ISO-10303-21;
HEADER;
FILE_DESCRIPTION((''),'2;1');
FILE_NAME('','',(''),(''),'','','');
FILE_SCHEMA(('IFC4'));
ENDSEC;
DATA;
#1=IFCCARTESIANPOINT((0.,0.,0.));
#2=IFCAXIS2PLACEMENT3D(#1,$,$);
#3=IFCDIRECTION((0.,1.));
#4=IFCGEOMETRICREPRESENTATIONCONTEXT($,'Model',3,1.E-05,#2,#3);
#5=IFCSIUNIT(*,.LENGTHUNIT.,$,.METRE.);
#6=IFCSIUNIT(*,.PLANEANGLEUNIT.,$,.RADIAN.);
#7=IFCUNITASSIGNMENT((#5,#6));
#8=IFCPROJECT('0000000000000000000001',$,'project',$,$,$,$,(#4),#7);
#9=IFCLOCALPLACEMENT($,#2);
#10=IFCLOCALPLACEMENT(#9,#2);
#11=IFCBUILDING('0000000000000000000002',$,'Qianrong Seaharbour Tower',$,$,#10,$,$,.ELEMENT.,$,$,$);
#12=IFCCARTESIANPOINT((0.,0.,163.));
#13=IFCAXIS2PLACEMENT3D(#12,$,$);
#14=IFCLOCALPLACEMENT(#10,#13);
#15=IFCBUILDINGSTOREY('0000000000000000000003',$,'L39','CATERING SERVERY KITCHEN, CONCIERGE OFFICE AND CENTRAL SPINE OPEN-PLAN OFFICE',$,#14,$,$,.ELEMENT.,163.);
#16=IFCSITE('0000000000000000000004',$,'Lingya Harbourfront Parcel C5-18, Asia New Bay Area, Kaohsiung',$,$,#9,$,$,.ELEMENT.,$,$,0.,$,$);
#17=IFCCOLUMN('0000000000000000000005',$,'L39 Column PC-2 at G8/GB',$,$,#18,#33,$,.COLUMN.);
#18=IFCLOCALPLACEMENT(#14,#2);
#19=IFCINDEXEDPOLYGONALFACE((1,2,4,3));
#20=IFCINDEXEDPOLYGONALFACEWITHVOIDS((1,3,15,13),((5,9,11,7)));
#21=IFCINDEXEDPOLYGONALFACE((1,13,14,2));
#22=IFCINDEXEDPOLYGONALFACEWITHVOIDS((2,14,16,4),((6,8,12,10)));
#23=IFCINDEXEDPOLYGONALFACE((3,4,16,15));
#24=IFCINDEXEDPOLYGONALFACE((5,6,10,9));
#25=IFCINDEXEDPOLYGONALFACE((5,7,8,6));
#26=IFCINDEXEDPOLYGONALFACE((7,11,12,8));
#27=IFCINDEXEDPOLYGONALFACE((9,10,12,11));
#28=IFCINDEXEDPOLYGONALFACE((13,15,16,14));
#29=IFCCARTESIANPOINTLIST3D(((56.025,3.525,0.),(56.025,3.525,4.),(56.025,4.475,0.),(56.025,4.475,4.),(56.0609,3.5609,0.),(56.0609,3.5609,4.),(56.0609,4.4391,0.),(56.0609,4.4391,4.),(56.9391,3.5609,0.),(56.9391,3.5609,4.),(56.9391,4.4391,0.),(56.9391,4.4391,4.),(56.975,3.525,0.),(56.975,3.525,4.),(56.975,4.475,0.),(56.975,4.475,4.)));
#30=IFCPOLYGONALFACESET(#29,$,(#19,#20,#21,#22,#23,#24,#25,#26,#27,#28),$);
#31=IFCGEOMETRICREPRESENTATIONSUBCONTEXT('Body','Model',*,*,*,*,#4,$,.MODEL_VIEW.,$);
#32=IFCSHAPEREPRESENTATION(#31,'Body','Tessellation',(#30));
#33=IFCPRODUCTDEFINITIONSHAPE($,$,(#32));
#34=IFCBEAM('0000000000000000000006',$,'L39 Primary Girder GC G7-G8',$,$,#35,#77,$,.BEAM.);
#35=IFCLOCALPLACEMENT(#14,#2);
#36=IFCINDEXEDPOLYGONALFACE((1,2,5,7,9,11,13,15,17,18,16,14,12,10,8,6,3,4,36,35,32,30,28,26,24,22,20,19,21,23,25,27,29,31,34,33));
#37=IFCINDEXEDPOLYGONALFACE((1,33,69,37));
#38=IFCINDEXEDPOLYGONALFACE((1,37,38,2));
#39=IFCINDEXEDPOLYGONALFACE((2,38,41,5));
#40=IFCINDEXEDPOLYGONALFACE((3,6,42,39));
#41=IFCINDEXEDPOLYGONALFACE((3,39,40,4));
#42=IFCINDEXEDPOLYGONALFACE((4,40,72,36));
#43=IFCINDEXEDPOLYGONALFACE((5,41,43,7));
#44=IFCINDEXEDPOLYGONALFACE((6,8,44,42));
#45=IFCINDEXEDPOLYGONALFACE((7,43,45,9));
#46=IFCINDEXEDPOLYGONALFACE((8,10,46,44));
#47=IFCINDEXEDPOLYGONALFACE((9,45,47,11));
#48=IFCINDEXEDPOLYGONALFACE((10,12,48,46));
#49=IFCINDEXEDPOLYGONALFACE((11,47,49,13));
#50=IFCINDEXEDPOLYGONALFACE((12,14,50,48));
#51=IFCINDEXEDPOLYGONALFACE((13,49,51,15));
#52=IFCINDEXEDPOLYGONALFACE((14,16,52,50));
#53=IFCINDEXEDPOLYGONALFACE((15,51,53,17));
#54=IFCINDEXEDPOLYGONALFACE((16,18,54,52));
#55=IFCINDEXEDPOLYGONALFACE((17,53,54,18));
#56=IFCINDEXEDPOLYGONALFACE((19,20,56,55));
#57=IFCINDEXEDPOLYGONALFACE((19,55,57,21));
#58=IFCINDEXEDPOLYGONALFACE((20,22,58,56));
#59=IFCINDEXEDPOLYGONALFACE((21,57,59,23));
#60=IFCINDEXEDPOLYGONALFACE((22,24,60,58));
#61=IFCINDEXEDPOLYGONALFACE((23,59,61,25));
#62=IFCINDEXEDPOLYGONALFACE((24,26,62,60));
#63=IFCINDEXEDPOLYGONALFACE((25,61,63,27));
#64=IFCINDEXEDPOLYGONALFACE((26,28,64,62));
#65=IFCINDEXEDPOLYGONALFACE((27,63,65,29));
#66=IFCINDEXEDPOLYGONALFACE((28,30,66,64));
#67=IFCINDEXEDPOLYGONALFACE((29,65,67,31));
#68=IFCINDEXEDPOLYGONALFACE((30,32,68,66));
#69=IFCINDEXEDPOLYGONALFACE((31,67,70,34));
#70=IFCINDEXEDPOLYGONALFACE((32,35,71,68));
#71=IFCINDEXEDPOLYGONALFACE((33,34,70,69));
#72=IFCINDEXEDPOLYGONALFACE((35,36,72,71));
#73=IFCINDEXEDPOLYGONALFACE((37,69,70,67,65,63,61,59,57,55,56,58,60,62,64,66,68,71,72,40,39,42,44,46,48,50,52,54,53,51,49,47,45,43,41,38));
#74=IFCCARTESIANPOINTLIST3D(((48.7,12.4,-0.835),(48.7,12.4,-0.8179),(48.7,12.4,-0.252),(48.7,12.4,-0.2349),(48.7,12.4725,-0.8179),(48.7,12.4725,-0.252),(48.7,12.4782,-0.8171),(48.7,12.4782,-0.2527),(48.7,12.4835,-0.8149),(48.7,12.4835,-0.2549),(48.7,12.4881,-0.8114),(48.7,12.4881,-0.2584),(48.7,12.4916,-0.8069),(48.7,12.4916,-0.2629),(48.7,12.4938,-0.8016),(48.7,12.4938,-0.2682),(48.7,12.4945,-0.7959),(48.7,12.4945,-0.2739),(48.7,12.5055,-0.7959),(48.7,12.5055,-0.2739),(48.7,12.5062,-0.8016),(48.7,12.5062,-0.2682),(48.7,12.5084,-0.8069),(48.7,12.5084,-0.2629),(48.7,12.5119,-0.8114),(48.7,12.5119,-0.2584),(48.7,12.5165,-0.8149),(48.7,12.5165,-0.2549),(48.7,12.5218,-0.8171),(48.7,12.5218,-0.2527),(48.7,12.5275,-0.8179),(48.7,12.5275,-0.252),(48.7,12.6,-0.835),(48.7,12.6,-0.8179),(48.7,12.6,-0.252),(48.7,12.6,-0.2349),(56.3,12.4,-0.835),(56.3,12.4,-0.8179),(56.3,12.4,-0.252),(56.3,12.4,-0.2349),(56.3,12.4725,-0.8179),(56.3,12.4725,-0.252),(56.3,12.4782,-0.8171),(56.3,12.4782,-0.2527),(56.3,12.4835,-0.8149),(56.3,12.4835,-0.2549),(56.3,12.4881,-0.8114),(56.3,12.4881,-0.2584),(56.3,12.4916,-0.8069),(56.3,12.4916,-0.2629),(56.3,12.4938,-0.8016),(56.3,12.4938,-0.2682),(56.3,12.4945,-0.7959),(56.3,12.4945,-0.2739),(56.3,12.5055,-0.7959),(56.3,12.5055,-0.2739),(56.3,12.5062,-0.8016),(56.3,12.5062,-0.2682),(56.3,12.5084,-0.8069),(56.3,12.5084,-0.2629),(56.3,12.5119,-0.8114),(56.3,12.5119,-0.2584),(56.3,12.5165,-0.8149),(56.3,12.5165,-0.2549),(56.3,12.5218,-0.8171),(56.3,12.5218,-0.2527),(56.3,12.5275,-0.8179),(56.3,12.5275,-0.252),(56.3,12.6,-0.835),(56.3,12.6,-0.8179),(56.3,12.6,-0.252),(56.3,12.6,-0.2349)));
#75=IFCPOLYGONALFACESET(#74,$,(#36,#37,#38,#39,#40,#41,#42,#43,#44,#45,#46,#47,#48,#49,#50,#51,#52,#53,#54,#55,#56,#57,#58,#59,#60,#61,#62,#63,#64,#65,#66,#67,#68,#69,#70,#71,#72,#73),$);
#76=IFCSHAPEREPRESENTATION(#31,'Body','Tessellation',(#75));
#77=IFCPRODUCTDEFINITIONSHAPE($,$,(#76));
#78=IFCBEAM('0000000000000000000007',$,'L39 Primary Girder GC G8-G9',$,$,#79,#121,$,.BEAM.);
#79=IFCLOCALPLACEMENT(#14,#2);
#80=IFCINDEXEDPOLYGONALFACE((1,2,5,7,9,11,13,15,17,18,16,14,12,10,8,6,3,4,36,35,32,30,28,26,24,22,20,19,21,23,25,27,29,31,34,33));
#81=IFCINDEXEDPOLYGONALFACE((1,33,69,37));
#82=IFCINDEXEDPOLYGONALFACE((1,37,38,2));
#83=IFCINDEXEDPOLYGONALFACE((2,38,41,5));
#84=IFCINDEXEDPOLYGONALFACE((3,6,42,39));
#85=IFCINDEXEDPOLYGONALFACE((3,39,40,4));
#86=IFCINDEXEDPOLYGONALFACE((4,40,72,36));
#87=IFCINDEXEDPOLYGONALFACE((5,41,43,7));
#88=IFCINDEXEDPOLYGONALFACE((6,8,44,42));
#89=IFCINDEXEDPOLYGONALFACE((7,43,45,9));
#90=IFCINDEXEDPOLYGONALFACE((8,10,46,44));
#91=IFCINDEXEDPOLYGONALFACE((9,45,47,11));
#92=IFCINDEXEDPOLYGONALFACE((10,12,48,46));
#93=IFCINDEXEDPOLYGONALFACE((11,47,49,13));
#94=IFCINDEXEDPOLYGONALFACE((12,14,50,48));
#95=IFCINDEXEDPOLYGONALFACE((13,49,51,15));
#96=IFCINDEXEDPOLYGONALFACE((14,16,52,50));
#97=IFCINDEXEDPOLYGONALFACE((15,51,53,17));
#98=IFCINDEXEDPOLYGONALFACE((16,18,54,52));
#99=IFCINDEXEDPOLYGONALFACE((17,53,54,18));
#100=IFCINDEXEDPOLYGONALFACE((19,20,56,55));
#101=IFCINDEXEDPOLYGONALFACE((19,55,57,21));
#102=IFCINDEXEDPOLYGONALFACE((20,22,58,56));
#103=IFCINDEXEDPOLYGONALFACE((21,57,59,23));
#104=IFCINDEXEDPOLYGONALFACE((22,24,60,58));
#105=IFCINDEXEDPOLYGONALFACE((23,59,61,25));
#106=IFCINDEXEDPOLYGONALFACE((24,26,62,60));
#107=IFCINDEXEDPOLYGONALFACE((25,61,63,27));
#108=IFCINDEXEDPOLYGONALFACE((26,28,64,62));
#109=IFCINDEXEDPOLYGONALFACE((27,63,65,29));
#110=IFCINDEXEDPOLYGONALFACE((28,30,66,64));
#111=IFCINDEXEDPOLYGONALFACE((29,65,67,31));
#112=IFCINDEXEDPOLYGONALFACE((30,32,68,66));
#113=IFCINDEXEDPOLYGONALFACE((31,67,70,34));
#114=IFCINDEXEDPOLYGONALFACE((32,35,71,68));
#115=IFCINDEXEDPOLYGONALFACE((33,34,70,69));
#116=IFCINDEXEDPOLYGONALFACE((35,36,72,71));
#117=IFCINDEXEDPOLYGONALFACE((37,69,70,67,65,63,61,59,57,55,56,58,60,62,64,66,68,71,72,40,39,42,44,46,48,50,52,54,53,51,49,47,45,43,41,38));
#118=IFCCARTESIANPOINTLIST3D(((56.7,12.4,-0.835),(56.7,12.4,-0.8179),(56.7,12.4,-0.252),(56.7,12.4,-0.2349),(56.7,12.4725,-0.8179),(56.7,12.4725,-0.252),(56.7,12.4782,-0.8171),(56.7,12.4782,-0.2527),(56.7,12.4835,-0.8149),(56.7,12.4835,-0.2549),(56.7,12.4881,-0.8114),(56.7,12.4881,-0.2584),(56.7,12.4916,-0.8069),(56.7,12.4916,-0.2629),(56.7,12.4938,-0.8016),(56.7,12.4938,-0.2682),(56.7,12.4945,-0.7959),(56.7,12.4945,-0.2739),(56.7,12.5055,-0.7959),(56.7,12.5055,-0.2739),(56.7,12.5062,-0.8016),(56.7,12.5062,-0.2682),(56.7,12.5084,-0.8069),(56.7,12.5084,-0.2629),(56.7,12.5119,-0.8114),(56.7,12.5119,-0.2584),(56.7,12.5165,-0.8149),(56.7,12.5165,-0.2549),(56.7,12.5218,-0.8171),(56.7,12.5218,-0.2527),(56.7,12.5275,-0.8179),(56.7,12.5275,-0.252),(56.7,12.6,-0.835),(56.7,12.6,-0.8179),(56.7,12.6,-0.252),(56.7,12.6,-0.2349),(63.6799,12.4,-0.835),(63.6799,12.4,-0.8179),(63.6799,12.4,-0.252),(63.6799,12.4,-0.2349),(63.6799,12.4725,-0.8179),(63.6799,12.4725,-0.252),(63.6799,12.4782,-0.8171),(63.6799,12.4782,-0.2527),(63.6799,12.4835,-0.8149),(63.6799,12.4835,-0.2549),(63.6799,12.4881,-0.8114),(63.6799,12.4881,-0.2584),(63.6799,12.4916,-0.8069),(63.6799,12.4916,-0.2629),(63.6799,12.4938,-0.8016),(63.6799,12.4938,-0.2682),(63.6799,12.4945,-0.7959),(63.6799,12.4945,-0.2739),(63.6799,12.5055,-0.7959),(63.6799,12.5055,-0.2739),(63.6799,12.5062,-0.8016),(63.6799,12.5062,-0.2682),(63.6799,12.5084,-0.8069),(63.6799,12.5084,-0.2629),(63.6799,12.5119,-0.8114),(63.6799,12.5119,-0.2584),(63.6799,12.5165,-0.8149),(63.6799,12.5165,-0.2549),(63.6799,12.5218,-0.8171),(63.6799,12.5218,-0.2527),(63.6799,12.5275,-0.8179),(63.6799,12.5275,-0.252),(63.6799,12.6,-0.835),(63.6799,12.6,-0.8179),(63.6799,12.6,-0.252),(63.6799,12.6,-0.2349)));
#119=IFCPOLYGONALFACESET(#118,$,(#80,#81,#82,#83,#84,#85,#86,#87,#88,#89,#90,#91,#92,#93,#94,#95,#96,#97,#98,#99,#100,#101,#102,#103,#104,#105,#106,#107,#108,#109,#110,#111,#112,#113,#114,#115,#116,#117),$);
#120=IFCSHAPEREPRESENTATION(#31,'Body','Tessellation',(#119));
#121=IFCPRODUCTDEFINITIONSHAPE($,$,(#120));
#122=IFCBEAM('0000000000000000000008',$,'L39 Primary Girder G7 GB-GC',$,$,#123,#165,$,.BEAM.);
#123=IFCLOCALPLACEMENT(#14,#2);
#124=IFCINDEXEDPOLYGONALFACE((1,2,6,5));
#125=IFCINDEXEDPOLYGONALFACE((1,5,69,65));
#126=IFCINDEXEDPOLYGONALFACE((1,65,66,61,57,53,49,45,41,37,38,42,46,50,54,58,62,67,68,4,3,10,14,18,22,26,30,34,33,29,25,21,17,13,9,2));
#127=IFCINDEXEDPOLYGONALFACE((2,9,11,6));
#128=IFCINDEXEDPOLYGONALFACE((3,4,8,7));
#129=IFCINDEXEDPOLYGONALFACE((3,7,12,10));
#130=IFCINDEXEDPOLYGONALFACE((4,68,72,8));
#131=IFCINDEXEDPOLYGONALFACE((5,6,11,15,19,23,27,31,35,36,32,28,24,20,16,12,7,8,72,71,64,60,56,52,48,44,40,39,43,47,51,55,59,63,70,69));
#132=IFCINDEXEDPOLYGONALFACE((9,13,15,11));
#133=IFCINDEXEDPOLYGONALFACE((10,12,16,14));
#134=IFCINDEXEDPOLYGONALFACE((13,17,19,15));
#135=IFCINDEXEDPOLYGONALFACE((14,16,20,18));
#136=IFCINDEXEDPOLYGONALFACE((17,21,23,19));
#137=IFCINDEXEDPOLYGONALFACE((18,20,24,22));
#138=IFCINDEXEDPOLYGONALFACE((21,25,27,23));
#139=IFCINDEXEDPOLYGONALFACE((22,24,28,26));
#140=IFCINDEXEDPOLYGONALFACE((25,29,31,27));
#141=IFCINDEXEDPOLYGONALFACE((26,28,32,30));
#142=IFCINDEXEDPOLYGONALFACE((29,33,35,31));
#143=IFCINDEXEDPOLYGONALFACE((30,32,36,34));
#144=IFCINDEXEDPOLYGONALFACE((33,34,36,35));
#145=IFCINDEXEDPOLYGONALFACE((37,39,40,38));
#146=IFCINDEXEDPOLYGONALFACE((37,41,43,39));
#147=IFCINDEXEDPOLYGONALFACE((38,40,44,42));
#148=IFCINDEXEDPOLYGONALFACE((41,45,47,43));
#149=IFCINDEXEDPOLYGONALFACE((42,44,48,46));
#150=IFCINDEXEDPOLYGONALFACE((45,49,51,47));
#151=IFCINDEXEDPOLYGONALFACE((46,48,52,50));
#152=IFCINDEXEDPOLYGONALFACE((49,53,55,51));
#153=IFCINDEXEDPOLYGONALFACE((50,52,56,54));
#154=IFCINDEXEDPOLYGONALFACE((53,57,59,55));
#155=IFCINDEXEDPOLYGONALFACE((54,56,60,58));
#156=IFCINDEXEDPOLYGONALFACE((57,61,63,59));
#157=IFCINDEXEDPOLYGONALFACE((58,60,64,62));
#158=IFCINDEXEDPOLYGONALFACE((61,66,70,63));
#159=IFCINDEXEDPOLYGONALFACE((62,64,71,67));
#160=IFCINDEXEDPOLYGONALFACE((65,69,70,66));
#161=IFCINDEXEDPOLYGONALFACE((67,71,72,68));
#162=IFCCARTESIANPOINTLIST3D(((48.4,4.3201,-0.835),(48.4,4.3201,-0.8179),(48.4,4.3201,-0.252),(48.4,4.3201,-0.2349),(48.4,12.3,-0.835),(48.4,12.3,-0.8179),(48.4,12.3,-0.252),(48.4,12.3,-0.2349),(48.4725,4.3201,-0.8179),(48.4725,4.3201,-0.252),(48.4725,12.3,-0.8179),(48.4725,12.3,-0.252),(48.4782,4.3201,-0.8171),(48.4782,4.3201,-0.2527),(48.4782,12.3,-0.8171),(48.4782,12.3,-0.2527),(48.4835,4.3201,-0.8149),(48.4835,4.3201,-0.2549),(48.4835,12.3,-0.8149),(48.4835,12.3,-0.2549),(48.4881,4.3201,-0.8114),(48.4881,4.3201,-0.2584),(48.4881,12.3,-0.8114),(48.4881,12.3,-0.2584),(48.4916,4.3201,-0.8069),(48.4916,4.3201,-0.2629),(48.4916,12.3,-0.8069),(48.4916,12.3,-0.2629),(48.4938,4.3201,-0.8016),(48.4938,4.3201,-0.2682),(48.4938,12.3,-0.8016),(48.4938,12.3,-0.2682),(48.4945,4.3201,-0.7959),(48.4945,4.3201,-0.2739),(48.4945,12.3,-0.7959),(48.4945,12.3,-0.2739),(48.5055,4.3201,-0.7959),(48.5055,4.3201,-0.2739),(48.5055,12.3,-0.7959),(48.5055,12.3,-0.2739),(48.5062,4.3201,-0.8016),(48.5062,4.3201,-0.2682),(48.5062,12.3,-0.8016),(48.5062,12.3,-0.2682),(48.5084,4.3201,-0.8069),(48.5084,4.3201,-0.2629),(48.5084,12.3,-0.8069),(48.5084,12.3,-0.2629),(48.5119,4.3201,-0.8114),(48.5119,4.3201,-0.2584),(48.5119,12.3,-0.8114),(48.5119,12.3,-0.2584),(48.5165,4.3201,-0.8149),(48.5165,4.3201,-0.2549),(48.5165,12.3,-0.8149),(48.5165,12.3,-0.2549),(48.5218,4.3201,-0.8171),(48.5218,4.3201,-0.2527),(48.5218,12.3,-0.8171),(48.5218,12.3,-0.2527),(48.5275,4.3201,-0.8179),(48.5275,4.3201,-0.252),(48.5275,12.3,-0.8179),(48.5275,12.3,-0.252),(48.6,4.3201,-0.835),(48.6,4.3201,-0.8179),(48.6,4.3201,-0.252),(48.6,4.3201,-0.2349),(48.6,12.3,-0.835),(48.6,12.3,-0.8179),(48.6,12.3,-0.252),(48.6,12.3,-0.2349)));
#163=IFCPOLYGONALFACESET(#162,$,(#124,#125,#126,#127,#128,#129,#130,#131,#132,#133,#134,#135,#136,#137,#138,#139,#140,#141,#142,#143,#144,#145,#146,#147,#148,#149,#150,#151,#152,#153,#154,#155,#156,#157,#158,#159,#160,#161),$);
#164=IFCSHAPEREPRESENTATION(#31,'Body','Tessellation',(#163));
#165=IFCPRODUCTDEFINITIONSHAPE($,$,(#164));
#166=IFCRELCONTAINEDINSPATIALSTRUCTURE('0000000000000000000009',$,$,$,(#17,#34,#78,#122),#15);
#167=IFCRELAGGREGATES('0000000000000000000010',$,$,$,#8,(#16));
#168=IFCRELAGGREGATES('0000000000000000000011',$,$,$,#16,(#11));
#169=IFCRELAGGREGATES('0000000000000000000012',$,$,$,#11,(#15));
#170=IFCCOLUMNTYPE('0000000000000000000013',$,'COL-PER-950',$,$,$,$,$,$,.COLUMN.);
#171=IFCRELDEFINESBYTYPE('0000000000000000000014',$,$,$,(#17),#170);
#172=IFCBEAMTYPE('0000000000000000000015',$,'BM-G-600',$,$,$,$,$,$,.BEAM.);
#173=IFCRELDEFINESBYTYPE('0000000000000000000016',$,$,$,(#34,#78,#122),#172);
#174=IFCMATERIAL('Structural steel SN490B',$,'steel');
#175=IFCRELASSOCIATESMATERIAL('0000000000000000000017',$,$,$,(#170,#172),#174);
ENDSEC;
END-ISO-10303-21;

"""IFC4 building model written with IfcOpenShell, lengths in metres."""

from ifc_helpers import new_model, si_unit, direction, frame, origin, origin_2d, place, context, subcontext, project, spatial, hollow_rectangle, i_section, extrude, material, material_profile, profile_set, type_object, element, save


model = new_model("IFC4")

# Units and contexts
model_context = context("Model", 3, precision=1e-05, world=origin(), true_north=direction((0.0, 1.0)))
body_context = subcontext(model_context, "Body", "Model", "MODEL_VIEW")
ifc_project = project(units=[si_unit("LENGTHUNIT", "METRE"), si_unit("PLANEANGLEUNIT", "RADIAN")], contexts=[model_context])

# Site, building, storey
site_placement = place(None, origin())
site = spatial("IfcSite", under=ifc_project, at=site_placement, Name="Lingya Harbourfront Parcel C5-18, Asia New Bay Area, Kaohsiung", CompositionType="ELEMENT", RefElevation=0.0)
building_placement = place(site_placement, origin())
building = spatial("IfcBuilding", under=site, at=building_placement, Name="Qianrong Seaharbour Tower", CompositionType="ELEMENT")
storey_placement = place(building_placement, frame((0.0, 0.0, 163.0)))
storey = spatial("IfcBuildingStorey", under=building, at=storey_placement, Name="L39", Description="CATERING SERVERY KITCHEN, CONCIERGE OFFICE AND CENTRAL SPINE OPEN-PLAN OFFICE", CompositionType="ELEMENT", Elevation=163.0)

# Column
ifc_material_1 = material(Name="Structural steel SN490B", Category="steel")
ifc_material_profile_1 = material_profile(ifc_material_1, hollow_rectangle(XDim=0.95, YDim=0.95, WallThickness=0.0359, at=origin_2d()), Name="BOX950x950x36")
ifc_profile_set_1 = profile_set([ifc_material_profile_1], Name="Structural steel SN490B")
column_type_1 = type_object("IfcColumnType", Name="COL-PER-950", PredefinedType="COLUMN", material=ifc_profile_set_1)
for number, where, z_axis, x_axis, name in (
    (1, (56.5, 4.0, 0.0), (0.0, 0.0, 1.0), (1.0, 0.0, 0.0), "L39 Column PC-2 at G8/GB"),
):
    element("IfcColumn", number, at=place(storey_placement, frame(where, z_axis=z_axis, x_axis=x_axis)), inside=storey, type_object=column_type_1, Name=name, PredefinedType="COLUMN", context=body_context, shape_type="SweptSolid", body=[
        extrude(hollow_rectangle(XDim=0.95, YDim=0.95, WallThickness=0.0359, at=origin_2d()), origin(), (0.0, 0.0, 1.0), 4.0),
    ])

# Beams
ifc_material_profile_2 = material_profile(ifc_material_1, i_section(OverallWidth=0.2, OverallDepth=0.6001, WebThickness=0.011, FlangeThickness=0.0171, FilletRadius=0.022, at=origin_2d()), Name="H600x200x11x17")
ifc_profile_set_2 = profile_set([ifc_material_profile_2], Name="Structural steel SN490B")
beam_type_1 = type_object("IfcBeamType", Name="BM-G-600", PredefinedType="BEAM", material=ifc_profile_set_2)
beam_1_placement = place(storey_placement, frame((48.7, 12.5, -0.5349), z_axis=(1.0, 0.0, 0.0), x_axis=(0.0, 1.0, 0.0)))
element("IfcBeam", 2, at=beam_1_placement, inside=storey, type_object=beam_type_1, Name="L39 Primary Girder GC G7-G8", PredefinedType="BEAM", context=body_context, shape_type="SweptSolid", body=[
    extrude(i_section(OverallWidth=0.2, OverallDepth=0.6001, WebThickness=0.011, FlangeThickness=0.0171, FilletRadius=0.022, at=origin_2d()), origin(), (0.0, 0.0, 1.0), 7.6001),
])
beam_2_placement = place(storey_placement, frame((56.7, 12.5, -0.5349), z_axis=(1.0, 0.0, 0.0), x_axis=(0.0, 1.0, 0.0)))
element("IfcBeam", 3, at=beam_2_placement, inside=storey, type_object=beam_type_1, Name="L39 Primary Girder GC G8-G9", PredefinedType="BEAM", context=body_context, shape_type="SweptSolid", body=[
    extrude(i_section(OverallWidth=0.2, OverallDepth=0.6001, WebThickness=0.011, FlangeThickness=0.0171, FilletRadius=0.022, at=origin_2d()), origin(), (0.0, 0.0, 1.0), 6.98),
])
beam_3_placement = place(storey_placement, frame((48.5, 4.3201, -0.5349), z_axis=(0.0, 1.0, 0.0), x_axis=(-1.0, 0.0, 0.0)))
element("IfcBeam", 4, at=beam_3_placement, inside=storey, type_object=beam_type_1, Name="L39 Primary Girder G7 GB-GC", PredefinedType="BEAM", context=body_context, shape_type="SweptSolid", body=[
    extrude(i_section(OverallWidth=0.2, OverallDepth=0.6001, WebThickness=0.011, FlangeThickness=0.0171, FilletRadius=0.022, at=origin_2d()), origin(), (0.0, 0.0, 1.0), 7.98),
])

save(model, "model.ifc")
